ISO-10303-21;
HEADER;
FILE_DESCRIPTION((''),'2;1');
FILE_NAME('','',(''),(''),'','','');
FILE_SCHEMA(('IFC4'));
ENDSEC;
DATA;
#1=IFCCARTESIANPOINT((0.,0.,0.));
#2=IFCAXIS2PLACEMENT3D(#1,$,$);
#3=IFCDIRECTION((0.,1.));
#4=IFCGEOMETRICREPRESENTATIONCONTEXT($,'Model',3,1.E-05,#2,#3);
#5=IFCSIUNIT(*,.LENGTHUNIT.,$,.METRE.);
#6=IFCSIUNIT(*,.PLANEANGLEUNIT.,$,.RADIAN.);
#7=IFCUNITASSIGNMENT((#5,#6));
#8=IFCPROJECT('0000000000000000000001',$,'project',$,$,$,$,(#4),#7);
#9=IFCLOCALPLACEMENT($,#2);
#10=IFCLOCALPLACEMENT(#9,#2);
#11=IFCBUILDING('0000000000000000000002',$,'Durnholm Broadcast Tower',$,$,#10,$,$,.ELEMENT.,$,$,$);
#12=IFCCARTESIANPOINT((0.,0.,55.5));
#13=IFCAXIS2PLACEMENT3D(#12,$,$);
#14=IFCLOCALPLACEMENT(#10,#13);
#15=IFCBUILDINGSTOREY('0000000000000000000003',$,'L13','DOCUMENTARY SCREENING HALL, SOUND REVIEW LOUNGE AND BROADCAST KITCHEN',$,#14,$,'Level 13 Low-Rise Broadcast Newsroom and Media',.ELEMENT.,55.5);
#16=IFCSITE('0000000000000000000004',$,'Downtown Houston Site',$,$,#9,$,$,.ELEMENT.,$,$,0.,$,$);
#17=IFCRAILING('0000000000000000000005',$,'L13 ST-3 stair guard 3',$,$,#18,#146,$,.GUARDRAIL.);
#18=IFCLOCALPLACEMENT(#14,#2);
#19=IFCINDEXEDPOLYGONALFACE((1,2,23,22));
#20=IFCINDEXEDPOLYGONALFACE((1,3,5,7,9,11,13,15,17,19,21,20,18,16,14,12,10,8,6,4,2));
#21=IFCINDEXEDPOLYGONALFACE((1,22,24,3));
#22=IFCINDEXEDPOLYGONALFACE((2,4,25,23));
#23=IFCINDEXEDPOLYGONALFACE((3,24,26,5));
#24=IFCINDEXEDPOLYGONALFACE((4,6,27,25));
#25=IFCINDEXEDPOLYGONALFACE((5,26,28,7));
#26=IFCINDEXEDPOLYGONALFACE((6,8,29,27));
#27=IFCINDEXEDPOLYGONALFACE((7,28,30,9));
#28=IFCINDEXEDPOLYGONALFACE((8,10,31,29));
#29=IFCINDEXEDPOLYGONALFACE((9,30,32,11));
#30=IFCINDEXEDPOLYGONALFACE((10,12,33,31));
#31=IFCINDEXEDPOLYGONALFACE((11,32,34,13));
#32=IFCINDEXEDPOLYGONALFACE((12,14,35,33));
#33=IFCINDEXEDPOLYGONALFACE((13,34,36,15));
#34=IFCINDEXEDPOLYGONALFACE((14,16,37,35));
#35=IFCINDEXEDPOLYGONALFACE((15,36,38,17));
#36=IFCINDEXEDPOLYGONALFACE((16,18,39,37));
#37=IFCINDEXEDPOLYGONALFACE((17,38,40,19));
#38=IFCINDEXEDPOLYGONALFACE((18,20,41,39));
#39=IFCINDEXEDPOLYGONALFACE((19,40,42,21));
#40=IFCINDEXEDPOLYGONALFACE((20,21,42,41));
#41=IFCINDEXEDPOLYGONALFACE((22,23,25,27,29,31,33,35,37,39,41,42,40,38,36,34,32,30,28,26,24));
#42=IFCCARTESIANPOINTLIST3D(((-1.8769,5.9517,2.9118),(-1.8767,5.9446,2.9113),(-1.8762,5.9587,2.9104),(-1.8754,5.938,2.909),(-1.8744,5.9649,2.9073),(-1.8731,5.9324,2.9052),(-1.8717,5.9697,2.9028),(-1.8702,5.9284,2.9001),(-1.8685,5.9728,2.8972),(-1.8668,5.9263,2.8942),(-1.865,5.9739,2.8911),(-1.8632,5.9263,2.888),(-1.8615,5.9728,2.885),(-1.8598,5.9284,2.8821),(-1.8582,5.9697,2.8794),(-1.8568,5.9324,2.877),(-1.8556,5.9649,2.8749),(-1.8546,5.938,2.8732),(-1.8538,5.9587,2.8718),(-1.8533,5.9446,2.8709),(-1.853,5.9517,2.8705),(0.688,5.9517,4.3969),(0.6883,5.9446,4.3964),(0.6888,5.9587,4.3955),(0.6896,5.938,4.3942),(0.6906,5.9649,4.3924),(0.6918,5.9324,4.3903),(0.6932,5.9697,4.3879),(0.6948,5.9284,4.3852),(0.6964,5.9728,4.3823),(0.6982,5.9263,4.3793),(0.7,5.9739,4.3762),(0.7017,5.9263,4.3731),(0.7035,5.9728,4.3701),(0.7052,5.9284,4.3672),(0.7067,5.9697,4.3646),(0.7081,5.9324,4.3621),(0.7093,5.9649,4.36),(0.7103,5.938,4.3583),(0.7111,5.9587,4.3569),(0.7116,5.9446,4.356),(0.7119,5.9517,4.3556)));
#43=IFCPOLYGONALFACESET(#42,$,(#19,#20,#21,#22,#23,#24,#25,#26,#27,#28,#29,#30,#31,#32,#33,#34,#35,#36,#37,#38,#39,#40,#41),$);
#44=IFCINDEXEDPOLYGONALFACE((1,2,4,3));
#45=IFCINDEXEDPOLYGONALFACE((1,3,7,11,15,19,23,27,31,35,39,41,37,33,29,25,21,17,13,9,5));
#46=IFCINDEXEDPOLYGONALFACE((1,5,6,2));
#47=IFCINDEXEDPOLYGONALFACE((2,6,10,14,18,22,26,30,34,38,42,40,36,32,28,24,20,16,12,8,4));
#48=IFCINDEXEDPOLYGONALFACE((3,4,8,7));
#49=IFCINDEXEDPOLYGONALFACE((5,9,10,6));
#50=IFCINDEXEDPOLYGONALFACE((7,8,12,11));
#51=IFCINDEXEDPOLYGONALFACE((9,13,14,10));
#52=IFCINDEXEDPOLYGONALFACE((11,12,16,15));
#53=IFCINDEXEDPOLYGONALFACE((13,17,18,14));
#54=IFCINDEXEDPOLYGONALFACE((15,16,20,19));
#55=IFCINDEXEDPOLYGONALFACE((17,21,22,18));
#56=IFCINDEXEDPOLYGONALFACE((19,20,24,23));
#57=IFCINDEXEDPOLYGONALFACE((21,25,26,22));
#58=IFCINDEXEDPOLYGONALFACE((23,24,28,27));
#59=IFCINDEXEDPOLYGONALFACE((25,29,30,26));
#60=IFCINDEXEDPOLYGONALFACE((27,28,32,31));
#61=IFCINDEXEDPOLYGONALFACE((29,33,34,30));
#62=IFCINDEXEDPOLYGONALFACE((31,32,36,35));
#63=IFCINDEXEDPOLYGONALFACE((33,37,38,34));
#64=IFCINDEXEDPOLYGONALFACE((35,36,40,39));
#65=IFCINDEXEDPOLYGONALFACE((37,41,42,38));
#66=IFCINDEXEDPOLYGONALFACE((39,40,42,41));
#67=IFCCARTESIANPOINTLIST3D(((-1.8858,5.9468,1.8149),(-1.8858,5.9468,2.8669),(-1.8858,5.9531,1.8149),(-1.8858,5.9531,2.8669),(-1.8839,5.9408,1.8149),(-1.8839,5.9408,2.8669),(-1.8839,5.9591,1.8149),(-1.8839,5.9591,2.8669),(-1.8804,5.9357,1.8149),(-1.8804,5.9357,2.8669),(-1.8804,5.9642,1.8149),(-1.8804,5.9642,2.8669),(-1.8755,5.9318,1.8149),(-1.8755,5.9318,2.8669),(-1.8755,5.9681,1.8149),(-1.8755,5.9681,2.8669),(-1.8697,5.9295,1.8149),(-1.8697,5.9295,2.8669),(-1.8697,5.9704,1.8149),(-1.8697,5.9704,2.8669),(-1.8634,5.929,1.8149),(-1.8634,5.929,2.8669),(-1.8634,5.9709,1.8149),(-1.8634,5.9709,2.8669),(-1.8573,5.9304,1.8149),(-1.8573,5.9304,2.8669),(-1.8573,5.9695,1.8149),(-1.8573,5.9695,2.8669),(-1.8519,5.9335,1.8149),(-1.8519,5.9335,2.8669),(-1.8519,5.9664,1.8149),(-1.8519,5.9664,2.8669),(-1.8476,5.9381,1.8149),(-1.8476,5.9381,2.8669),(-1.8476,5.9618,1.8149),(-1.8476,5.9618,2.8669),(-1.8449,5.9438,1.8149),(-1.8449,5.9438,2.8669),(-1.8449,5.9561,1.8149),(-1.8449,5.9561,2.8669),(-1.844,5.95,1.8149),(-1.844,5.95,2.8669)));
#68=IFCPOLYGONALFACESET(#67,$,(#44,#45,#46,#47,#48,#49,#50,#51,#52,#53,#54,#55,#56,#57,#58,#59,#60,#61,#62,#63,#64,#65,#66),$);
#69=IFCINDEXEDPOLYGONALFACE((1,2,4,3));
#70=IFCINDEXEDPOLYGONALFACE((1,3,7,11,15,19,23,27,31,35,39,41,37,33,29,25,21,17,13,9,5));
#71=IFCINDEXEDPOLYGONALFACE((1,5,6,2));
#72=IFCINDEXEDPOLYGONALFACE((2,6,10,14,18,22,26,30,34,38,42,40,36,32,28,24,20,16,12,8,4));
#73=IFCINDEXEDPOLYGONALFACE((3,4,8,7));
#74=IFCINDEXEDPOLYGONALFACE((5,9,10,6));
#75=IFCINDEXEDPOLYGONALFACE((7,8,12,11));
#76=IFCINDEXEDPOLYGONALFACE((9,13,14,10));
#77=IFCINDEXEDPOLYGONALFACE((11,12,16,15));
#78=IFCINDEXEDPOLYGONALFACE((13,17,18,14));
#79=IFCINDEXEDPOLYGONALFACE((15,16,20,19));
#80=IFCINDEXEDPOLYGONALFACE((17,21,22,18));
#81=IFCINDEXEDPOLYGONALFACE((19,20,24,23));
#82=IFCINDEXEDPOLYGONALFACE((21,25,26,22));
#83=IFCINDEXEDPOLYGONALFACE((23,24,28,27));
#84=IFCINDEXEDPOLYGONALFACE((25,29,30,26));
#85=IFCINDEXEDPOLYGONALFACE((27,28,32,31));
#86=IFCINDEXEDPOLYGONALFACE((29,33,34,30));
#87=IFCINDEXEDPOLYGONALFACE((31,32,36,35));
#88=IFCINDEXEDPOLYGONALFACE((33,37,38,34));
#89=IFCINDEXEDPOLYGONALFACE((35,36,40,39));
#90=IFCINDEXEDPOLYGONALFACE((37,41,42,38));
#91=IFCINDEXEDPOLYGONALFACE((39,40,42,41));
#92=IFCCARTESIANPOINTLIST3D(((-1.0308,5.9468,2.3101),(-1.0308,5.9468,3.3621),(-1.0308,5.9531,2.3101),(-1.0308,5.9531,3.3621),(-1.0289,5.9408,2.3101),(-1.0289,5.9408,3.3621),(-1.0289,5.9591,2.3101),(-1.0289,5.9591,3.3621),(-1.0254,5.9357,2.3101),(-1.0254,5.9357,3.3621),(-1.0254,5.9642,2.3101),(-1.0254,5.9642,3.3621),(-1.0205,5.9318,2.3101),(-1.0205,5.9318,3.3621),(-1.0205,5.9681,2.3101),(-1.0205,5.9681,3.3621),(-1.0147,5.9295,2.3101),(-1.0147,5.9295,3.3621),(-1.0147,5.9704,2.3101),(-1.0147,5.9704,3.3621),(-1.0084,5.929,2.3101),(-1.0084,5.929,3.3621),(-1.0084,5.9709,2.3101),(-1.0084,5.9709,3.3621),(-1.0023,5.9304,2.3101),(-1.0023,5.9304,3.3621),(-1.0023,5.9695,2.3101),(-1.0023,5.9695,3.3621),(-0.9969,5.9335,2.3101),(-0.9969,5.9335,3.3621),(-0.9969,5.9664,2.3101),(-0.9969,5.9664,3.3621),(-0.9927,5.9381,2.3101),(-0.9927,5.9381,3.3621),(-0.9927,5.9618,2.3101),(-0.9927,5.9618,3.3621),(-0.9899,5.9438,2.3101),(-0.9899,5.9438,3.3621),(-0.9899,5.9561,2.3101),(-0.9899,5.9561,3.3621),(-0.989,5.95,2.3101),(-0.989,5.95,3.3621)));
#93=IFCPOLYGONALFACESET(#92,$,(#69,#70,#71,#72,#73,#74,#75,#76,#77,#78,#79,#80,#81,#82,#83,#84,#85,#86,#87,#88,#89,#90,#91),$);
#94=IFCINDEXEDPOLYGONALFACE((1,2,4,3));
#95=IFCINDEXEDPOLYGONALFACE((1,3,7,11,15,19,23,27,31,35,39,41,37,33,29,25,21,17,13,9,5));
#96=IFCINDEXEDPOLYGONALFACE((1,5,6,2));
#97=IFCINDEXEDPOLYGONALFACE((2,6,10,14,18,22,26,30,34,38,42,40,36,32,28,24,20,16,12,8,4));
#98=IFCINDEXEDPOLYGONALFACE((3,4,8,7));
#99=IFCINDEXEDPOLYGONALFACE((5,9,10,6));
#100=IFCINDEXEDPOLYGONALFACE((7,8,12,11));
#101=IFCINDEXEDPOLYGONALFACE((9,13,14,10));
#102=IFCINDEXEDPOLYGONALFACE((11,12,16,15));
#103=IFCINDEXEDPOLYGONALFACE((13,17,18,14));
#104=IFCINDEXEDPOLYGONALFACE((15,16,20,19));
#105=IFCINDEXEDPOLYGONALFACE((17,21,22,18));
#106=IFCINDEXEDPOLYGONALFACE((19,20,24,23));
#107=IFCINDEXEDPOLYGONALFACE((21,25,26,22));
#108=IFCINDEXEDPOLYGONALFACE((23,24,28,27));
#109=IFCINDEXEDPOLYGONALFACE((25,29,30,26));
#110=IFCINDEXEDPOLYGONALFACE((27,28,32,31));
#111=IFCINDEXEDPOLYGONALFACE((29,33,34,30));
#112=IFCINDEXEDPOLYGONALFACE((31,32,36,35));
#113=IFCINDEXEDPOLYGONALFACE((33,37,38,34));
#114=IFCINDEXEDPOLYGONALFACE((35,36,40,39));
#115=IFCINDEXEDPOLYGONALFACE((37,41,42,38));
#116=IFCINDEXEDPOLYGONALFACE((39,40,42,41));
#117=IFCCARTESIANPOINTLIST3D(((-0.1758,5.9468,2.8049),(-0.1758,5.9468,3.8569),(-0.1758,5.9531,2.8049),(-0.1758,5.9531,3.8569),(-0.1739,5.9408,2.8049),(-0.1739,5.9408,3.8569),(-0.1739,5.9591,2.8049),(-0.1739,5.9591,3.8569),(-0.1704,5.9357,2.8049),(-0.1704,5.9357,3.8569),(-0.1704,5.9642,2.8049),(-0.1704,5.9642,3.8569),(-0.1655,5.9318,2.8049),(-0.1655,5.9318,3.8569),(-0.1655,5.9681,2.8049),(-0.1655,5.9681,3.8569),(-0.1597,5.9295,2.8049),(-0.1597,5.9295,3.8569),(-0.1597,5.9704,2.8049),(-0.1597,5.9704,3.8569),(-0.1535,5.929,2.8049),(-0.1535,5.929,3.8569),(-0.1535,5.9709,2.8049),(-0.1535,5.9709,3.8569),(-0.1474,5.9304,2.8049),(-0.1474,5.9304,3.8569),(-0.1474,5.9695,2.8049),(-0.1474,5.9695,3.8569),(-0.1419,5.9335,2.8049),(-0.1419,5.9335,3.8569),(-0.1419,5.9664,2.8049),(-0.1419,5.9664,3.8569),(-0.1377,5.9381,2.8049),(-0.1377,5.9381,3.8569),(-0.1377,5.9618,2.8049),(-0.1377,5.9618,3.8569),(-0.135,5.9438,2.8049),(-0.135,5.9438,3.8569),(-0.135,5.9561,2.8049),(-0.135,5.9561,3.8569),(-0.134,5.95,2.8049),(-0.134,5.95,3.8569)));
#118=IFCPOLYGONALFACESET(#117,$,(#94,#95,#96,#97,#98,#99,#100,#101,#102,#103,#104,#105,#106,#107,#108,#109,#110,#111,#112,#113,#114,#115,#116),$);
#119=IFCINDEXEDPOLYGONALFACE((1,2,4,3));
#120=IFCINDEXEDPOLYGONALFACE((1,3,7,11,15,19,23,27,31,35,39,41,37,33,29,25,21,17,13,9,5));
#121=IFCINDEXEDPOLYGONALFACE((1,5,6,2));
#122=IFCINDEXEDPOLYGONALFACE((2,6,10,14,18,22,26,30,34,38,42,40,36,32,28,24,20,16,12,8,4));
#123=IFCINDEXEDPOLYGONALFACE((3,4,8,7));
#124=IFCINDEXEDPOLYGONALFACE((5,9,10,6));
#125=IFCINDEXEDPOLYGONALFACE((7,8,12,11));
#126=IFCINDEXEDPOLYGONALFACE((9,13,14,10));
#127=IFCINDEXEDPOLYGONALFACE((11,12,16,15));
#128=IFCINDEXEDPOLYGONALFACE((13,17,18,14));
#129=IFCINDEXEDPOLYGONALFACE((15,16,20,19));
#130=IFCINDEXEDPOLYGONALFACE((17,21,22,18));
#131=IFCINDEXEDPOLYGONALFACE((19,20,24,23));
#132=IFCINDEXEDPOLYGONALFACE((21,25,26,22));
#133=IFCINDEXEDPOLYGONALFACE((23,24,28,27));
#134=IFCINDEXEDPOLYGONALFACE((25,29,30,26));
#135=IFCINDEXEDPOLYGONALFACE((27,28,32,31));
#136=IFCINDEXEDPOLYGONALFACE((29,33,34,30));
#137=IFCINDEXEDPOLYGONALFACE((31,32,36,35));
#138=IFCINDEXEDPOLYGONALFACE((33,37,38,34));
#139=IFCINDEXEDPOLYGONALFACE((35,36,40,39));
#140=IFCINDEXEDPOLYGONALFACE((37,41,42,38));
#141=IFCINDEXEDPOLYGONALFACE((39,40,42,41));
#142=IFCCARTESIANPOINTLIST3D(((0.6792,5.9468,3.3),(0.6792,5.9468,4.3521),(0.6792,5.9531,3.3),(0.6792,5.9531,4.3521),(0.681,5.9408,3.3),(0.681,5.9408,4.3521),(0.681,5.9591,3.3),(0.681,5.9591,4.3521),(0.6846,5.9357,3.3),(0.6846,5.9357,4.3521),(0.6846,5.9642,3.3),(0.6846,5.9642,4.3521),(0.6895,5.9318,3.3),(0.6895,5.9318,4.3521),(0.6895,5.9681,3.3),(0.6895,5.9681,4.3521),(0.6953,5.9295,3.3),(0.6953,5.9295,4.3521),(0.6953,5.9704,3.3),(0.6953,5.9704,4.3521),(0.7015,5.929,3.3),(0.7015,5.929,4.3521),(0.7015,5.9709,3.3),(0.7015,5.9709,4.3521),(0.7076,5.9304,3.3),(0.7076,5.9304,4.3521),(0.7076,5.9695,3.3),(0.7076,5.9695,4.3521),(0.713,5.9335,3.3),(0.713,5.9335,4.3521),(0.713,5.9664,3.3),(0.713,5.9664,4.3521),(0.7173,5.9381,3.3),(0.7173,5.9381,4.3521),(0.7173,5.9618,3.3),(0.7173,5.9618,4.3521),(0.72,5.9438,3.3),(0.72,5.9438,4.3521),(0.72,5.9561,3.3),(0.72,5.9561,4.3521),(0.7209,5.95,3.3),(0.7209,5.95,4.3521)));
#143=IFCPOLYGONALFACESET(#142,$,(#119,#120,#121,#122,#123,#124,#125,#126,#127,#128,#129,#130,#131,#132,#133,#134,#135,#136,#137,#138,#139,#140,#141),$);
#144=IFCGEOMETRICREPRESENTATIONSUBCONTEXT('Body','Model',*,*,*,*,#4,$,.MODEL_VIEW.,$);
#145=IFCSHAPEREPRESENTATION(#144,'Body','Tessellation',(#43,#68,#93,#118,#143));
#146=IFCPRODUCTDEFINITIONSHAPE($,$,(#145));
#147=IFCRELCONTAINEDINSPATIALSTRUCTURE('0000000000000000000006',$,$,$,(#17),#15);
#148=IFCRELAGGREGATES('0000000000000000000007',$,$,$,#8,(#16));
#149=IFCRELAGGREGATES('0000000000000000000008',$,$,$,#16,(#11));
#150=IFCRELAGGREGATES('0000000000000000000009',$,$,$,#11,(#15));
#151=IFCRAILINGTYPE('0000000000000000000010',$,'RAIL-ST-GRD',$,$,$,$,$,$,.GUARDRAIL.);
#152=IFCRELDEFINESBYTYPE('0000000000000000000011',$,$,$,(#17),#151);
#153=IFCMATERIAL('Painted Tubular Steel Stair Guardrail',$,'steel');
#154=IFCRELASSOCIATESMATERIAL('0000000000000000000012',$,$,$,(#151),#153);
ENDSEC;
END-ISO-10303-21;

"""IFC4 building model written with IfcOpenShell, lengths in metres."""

from ifc_helpers import new_model, si_unit, direction, frame, origin, origin_2d, place, context, subcontext, project, spatial, circle, extrude, material, type_object, element, save


model = new_model("IFC4")

# Units and contexts
model_context = context("Model", 3, precision=1e-05, world=origin(), true_north=direction((0.0, 1.0)))
body_context = subcontext(model_context, "Body", "Model", "MODEL_VIEW")
ifc_project = project(units=[si_unit("LENGTHUNIT", "METRE"), si_unit("PLANEANGLEUNIT", "RADIAN")], contexts=[model_context])

# Site, building, storey
site_placement = place(None, origin())
site = spatial("IfcSite", under=ifc_project, at=site_placement, Name="Downtown Houston Site", CompositionType="ELEMENT", RefElevation=0.0)
building_placement = place(site_placement, origin())
building = spatial("IfcBuilding", under=site, at=building_placement, Name="Durnholm Broadcast Tower", CompositionType="ELEMENT")
storey_placement = place(building_placement, frame((0.0, 0.0, 55.5)))
storey = spatial("IfcBuildingStorey", under=building, at=storey_placement, Name="L13", Description="DOCUMENTARY SCREENING HALL, SOUND REVIEW LOUNGE AND BROADCAST KITCHEN", LongName="Level 13 Low-Rise Broadcast Newsroom and Media", CompositionType="ELEMENT", Elevation=55.5)

# Railing
ifc_material_1 = material(Name="Painted Tubular Steel Stair Guardrail", Category="steel")
railing_type = type_object("IfcRailingType", Name="RAIL-ST-GRD", PredefinedType="GUARDRAIL", material=ifc_material_1)
railing_1_placement = place(storey_placement, frame((-1.865, 5.95, 1.8149)))
element("IfcRailing", 1, at=railing_1_placement, inside=storey, type_object=railing_type, Name="L13 ST-3 stair guard 3", PredefinedType="GUARDRAIL", context=body_context, shape_type="SweptSolid", body=[
    extrude(circle(Radius=0.0239, at=origin_2d()), frame((0.0, 0.0, 1.0762), z_axis=(0.865406, 0.0, 0.501072), x_axis=(0.0, 1.0, 0.0)), (0.0, 0.0, 1.0), 2.9639),
    extrude(circle(Radius=0.021, at=origin_2d()), origin(), (0.0, 0.0, 1.0), 1.052),
    extrude(circle(Radius=0.021, at=origin_2d()), frame((0.855, 0.0, 0.4951)), (0.0, 0.0, 1.0), 1.052),
    extrude(circle(Radius=0.021, at=origin_2d()), frame((1.71, 0.0, 0.99)), (0.0, 0.0, 1.0), 1.052),
    extrude(circle(Radius=0.021, at=origin_2d()), frame((2.5649, 0.0, 1.4851)), (0.0, 0.0, 1.0), 1.052),
])

save(model, "model.ifc")
